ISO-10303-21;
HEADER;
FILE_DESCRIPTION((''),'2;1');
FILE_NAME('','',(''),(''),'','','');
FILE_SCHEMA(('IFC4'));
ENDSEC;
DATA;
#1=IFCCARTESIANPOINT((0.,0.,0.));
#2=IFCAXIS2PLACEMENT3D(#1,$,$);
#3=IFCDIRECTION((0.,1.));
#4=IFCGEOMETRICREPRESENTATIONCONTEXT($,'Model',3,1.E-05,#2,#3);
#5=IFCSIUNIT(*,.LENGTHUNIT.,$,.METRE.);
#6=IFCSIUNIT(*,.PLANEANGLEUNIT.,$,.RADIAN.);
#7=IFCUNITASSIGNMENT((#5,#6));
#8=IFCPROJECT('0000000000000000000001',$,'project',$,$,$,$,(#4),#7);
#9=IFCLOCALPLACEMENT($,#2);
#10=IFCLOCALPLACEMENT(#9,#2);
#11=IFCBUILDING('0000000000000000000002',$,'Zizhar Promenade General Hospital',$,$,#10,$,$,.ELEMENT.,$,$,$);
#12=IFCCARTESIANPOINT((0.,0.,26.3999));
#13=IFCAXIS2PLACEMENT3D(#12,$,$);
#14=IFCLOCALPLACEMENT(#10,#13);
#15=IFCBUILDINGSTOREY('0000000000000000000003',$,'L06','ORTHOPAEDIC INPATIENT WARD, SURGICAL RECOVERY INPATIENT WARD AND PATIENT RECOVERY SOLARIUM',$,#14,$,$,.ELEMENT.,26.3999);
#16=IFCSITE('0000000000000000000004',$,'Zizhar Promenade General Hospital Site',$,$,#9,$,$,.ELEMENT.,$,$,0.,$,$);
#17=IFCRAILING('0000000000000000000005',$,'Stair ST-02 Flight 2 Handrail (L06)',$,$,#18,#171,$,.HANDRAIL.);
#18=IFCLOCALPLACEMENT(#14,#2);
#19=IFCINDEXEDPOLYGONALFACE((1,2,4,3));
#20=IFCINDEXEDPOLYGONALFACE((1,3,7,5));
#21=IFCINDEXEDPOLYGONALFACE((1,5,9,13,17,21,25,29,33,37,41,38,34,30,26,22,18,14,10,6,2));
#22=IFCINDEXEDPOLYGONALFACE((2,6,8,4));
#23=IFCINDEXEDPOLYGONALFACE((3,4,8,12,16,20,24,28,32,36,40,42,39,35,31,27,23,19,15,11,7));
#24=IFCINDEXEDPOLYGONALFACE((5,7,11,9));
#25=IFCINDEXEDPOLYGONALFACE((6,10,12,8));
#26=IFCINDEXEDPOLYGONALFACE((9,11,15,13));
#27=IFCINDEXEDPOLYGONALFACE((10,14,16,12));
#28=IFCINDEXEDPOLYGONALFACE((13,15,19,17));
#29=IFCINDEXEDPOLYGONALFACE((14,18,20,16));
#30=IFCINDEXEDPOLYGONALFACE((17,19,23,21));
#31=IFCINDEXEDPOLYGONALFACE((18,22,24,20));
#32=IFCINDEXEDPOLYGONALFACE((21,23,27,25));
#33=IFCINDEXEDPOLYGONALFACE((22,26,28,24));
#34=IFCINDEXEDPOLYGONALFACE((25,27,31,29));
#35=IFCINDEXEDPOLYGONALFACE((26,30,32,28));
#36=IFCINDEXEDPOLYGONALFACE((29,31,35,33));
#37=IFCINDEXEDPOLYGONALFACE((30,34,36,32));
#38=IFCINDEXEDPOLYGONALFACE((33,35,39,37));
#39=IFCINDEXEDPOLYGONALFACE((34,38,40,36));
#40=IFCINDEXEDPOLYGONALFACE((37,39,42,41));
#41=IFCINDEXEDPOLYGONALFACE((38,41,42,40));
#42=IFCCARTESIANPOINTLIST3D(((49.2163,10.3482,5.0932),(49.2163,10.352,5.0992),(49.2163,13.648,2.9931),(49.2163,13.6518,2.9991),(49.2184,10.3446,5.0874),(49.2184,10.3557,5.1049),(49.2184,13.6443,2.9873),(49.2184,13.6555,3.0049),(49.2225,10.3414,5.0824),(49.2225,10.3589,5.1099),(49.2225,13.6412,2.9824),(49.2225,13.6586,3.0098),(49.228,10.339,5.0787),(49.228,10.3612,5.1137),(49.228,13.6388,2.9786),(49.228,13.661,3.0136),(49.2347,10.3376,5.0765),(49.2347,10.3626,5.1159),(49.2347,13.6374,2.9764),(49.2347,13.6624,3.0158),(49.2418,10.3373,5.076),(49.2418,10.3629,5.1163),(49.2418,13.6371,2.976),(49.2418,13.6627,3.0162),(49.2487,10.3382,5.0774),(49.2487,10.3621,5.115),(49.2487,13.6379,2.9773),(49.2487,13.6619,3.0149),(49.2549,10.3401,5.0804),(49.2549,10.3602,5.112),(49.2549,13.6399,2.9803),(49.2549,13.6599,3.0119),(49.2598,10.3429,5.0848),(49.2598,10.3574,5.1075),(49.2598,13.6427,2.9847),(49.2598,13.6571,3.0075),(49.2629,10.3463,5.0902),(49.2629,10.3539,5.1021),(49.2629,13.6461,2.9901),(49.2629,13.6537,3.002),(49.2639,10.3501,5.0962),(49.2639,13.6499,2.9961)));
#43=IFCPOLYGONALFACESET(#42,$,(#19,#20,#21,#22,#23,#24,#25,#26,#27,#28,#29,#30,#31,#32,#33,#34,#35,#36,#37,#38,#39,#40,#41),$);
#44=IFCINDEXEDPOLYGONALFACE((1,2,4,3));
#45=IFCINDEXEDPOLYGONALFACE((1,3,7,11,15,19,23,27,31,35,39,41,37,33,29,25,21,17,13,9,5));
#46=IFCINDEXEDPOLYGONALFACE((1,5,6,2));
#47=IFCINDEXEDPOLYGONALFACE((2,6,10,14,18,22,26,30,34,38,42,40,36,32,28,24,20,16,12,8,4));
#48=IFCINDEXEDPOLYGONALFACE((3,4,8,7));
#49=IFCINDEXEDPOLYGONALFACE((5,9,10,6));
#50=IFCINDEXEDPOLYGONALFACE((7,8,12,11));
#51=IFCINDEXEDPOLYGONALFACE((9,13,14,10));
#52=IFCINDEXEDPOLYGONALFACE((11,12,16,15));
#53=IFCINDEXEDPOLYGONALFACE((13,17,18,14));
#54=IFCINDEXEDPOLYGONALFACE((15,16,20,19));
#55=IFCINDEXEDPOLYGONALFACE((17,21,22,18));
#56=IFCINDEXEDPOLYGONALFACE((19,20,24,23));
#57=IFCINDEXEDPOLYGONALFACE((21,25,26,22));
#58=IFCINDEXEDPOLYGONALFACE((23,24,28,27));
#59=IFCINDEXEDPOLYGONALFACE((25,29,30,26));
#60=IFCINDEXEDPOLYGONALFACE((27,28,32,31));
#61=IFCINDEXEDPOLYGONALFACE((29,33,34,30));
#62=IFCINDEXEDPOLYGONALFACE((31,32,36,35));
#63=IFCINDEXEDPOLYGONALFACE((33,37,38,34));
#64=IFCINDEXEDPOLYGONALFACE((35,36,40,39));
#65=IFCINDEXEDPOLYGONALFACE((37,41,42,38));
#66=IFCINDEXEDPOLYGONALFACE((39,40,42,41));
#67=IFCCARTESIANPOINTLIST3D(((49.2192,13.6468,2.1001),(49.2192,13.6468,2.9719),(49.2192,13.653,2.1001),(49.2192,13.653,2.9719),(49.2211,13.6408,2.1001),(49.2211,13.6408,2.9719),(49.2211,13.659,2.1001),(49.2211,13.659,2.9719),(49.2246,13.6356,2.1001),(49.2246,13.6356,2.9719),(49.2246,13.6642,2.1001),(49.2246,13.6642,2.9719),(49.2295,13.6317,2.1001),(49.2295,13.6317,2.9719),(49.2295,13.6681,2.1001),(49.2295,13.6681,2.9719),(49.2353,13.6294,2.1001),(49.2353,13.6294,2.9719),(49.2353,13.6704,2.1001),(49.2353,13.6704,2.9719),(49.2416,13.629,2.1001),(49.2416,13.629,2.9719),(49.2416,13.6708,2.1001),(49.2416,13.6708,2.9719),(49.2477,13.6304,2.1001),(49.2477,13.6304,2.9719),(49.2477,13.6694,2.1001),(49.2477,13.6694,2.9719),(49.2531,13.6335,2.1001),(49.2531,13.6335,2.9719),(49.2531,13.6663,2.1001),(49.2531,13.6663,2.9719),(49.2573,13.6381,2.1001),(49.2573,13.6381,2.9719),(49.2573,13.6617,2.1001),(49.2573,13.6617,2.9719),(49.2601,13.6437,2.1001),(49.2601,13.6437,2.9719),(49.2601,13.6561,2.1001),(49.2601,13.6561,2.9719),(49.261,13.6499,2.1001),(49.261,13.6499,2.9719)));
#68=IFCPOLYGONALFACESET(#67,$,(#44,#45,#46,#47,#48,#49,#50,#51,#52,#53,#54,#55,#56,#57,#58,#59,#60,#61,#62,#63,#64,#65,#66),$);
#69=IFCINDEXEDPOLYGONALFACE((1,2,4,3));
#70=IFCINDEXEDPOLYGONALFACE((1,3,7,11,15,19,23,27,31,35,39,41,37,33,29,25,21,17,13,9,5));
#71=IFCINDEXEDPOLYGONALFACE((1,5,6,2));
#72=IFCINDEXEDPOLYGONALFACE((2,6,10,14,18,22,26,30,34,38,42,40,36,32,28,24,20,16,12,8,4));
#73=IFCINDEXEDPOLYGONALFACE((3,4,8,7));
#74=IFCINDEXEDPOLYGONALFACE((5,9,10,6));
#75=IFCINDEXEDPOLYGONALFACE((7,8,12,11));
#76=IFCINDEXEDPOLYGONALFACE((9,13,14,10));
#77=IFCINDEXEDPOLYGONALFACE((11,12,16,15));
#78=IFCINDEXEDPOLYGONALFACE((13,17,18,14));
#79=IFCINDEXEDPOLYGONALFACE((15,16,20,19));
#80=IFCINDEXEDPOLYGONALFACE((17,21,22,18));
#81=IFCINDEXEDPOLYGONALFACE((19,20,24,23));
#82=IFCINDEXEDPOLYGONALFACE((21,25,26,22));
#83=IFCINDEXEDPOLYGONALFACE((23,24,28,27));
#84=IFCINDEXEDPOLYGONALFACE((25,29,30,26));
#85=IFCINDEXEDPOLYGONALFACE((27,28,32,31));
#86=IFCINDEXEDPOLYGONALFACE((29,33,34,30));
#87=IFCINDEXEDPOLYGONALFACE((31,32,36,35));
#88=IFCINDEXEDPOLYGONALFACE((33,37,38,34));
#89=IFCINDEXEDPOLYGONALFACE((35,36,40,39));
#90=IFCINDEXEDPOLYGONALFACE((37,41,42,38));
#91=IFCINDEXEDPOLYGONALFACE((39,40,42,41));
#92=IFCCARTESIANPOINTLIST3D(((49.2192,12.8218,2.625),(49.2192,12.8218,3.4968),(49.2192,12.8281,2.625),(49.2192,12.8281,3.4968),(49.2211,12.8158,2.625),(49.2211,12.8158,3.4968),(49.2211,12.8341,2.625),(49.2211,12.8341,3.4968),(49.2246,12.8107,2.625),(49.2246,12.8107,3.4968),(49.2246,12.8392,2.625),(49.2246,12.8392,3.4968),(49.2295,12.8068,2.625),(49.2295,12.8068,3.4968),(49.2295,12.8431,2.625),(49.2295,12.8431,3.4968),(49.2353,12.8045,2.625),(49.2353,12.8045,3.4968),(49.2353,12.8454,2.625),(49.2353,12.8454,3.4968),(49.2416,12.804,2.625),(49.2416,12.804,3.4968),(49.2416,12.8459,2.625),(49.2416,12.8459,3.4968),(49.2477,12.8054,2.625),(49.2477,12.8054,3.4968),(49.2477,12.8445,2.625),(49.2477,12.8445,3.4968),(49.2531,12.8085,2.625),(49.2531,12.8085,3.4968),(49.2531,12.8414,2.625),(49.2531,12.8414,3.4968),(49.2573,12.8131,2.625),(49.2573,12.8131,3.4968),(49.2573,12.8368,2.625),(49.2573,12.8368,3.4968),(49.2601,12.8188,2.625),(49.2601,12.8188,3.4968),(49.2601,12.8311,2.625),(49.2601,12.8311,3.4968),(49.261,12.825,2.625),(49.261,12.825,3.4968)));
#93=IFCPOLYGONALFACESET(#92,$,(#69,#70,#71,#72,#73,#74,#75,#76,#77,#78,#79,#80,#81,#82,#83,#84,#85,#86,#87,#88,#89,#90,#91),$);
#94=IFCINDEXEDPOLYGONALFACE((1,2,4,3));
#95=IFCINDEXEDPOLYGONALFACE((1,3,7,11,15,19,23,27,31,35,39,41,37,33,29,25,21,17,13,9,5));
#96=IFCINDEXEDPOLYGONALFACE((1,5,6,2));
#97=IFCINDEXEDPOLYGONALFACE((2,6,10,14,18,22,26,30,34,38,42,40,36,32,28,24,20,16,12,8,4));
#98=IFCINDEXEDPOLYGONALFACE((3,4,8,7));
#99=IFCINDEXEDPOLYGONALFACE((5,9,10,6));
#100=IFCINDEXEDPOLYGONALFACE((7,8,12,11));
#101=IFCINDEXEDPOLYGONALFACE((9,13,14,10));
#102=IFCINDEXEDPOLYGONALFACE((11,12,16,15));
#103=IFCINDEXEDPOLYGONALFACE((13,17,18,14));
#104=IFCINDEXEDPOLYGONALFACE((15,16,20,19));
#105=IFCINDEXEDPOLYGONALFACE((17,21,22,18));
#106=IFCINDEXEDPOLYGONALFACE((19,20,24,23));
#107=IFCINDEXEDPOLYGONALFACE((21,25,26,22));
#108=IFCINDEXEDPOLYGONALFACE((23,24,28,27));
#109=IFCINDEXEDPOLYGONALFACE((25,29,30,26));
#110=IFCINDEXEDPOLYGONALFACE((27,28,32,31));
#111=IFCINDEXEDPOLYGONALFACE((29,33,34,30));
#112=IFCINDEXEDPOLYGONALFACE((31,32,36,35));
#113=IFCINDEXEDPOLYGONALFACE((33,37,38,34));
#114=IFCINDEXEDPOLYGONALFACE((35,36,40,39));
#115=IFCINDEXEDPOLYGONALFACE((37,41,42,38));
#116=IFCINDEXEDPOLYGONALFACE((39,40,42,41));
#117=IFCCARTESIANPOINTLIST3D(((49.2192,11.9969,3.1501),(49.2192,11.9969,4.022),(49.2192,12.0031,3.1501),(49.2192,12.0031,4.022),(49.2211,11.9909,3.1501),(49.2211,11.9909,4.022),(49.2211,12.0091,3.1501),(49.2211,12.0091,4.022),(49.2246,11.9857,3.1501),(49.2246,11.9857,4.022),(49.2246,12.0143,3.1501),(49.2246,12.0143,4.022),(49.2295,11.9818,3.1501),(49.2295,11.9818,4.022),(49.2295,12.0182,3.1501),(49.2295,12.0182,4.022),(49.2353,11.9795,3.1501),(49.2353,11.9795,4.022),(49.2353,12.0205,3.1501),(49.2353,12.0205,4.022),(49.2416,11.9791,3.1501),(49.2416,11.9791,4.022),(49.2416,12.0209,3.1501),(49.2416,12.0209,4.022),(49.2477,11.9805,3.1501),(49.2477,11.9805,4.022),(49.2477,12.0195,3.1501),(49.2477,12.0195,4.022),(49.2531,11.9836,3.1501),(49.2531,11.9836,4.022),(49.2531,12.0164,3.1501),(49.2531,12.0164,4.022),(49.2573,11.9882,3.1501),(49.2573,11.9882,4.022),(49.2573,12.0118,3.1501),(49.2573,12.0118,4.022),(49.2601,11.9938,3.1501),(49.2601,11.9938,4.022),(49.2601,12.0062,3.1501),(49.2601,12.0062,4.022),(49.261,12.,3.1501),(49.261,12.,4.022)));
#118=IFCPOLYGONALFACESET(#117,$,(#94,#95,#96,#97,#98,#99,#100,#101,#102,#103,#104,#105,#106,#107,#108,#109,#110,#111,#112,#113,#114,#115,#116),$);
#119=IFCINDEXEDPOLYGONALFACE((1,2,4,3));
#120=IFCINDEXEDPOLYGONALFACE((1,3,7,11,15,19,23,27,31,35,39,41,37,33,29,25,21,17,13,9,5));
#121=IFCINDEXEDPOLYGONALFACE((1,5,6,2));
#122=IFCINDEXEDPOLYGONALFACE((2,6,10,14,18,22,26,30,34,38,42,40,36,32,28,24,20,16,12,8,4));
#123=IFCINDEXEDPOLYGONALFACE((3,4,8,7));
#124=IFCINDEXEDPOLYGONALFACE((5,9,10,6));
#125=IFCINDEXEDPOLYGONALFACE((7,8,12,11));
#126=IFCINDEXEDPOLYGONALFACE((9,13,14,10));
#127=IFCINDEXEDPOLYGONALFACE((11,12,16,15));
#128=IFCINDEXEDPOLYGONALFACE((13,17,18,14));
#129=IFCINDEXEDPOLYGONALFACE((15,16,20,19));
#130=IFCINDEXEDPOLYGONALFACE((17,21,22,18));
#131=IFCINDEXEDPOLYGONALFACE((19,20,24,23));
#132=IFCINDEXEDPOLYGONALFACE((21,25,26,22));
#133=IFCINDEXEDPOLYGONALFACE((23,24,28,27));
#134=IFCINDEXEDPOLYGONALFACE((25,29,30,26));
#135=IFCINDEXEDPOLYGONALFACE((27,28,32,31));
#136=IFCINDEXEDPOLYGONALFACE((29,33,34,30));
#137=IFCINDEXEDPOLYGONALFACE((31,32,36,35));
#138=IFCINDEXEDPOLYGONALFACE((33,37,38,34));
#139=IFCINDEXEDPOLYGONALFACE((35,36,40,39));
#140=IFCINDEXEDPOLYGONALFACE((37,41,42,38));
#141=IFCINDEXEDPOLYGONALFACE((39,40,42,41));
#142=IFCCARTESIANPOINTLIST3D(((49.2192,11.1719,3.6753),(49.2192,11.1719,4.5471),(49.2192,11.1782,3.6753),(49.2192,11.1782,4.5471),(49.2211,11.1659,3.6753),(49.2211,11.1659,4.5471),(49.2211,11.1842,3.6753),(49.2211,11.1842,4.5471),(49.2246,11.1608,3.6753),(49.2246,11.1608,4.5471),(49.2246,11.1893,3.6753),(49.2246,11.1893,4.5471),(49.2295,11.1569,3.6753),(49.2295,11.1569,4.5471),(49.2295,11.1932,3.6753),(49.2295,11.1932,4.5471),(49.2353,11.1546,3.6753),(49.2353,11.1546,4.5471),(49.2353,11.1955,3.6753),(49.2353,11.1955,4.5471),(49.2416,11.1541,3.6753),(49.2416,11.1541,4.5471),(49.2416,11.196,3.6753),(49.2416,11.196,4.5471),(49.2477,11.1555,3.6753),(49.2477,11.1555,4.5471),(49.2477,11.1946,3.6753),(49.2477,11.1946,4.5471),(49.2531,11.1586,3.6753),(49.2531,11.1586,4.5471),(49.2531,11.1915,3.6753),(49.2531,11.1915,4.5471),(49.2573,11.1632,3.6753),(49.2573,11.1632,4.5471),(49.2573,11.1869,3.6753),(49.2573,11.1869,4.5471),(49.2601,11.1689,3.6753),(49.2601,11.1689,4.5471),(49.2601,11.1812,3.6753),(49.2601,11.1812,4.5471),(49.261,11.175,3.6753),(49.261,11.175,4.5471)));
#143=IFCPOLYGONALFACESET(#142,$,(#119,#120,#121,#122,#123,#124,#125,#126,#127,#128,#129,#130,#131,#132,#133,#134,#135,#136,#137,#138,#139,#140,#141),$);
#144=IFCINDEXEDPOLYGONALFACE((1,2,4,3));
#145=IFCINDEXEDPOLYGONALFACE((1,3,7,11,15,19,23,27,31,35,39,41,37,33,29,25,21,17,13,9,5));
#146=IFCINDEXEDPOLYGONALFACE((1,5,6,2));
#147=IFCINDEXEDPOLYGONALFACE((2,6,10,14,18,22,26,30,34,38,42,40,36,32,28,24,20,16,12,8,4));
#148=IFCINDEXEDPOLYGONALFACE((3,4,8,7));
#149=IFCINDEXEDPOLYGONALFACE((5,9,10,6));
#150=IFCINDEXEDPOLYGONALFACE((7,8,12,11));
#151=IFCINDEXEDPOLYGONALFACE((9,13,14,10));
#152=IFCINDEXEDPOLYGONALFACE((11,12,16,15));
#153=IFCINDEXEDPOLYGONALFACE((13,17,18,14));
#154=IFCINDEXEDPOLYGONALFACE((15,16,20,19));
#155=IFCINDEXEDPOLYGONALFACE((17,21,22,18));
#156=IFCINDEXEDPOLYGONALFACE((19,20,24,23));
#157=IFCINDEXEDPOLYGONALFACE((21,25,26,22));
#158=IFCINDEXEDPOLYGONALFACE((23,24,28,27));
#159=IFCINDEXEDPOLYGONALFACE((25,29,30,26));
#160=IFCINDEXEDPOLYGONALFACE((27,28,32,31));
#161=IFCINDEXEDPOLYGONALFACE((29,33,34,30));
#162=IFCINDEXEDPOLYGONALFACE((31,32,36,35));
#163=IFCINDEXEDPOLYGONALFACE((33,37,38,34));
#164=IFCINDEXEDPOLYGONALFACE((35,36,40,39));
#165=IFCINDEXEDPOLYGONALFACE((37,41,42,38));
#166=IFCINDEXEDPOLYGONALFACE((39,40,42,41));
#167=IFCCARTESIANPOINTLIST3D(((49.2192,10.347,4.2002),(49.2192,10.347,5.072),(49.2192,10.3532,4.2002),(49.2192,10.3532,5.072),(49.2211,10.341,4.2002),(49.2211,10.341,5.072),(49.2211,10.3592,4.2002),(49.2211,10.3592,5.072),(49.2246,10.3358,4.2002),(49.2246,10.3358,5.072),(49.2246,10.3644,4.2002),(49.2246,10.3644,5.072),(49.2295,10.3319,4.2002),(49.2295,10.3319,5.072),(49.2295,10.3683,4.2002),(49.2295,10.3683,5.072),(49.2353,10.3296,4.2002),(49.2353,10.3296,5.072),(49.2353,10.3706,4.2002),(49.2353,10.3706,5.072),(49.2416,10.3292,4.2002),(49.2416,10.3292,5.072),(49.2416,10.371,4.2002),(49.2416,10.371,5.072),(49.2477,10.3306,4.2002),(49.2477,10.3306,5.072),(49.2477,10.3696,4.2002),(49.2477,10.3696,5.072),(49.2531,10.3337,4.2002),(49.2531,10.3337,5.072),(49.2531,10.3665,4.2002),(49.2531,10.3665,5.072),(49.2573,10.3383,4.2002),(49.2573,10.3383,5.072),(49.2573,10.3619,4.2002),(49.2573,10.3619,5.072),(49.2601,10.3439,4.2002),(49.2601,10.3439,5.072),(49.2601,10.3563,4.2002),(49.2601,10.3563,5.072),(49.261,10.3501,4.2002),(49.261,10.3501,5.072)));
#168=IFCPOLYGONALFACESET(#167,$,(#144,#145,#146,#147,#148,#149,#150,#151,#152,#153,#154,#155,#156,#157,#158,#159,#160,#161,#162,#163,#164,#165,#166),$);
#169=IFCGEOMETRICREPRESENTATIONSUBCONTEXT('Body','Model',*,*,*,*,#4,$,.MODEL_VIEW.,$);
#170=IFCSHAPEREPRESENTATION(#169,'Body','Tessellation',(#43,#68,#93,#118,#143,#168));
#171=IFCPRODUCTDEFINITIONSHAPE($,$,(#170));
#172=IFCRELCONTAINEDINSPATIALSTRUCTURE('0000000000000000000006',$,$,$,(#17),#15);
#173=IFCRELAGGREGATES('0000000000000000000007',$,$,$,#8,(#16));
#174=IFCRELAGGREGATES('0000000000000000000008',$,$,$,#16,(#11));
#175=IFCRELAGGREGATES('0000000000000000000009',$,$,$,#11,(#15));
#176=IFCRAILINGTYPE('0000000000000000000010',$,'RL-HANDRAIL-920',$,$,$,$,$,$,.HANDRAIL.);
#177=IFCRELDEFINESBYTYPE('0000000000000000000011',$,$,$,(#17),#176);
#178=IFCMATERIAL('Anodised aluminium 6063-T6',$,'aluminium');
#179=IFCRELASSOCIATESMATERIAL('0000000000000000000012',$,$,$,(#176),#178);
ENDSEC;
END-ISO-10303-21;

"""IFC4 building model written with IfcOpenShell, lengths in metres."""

from ifc_helpers import new_model, si_unit, direction, frame, origin, origin_2d, place, context, subcontext, project, spatial, circle, hollow_circle, extrude, material, material_profile, profile_set, type_object, element, save


model = new_model("IFC4")

# Units and contexts
model_context = context("Model", 3, precision=1e-05, world=origin(), true_north=direction((0.0, 1.0)))
body_context = subcontext(model_context, "Body", "Model", "MODEL_VIEW")
ifc_project = project(units=[si_unit("LENGTHUNIT", "METRE"), si_unit("PLANEANGLEUNIT", "RADIAN")], contexts=[model_context])

# Site, building, storey
site_placement = place(None, origin())
site = spatial("IfcSite", under=ifc_project, at=site_placement, Name="Zizhar Promenade General Hospital Site", CompositionType="ELEMENT", RefElevation=0.0)
building_placement = place(site_placement, origin())
building = spatial("IfcBuilding", under=site, at=building_placement, Name="Zizhar Promenade General Hospital", CompositionType="ELEMENT")
storey_placement = place(building_placement, frame((0.0, 0.0, 26.3999)))
storey = spatial("IfcBuildingStorey", under=building, at=storey_placement, Name="L06", Description="ORTHOPAEDIC INPATIENT WARD, SURGICAL RECOVERY INPATIENT WARD AND PATIENT RECOVERY SOLARIUM", CompositionType="ELEMENT", Elevation=26.3999)

# Railing
ifc_material_1 = material(Name="Anodised aluminium 6063-T6", Category="aluminium")
ifc_material_profile_1 = material_profile(ifc_material_1, hollow_circle(Radius=0.0698, WallThickness=0.0063, at=origin_2d()))
ifc_profile_set_1 = profile_set([ifc_material_profile_1], Name="Anodised aluminium 6063-T6")
railing_type_1 = type_object("IfcRailingType", Name="RL-HANDRAIL-920", PredefinedType="HANDRAIL", material=ifc_profile_set_1)
railing_1_placement = place(storey_placement, frame((49.24, 13.6499, 2.1001)))
element("IfcRailing", 1, at=railing_1_placement, inside=storey, type_object=railing_type_1, Name="Stair ST-02 Flight 2 Handrail (L06)", PredefinedType="HANDRAIL", context=body_context, shape_type="SweptSolid", body=[
    extrude(circle(Radius=0.0239, at=origin_2d()), frame((0.0, 0.0, 0.896), z_axis=(0.0, -0.843636, 0.536916), x_axis=(1.0, 0.0, 0.0)), (0.0, 0.0, 1.0), 3.9114),
    extrude(circle(Radius=0.021, at=origin_2d()), origin(), (0.0, 0.0, 1.0), 0.8718),
    extrude(circle(Radius=0.021, at=origin_2d()), frame((0.0, -0.825, 0.5249)), (0.0, 0.0, 1.0), 0.8718),
    extrude(circle(Radius=0.021, at=origin_2d()), frame((0.0, -1.6499, 1.05)), (0.0, 0.0, 1.0), 0.8718),
    extrude(circle(Radius=0.021, at=origin_2d()), frame((0.0, -2.4749, 1.5752)), (0.0, 0.0, 1.0), 0.8718),
    extrude(circle(Radius=0.021, at=origin_2d()), frame((0.0, -3.2998, 2.1001)), (0.0, 0.0, 1.0), 0.8718),
])

save(model, "model.ifc")
